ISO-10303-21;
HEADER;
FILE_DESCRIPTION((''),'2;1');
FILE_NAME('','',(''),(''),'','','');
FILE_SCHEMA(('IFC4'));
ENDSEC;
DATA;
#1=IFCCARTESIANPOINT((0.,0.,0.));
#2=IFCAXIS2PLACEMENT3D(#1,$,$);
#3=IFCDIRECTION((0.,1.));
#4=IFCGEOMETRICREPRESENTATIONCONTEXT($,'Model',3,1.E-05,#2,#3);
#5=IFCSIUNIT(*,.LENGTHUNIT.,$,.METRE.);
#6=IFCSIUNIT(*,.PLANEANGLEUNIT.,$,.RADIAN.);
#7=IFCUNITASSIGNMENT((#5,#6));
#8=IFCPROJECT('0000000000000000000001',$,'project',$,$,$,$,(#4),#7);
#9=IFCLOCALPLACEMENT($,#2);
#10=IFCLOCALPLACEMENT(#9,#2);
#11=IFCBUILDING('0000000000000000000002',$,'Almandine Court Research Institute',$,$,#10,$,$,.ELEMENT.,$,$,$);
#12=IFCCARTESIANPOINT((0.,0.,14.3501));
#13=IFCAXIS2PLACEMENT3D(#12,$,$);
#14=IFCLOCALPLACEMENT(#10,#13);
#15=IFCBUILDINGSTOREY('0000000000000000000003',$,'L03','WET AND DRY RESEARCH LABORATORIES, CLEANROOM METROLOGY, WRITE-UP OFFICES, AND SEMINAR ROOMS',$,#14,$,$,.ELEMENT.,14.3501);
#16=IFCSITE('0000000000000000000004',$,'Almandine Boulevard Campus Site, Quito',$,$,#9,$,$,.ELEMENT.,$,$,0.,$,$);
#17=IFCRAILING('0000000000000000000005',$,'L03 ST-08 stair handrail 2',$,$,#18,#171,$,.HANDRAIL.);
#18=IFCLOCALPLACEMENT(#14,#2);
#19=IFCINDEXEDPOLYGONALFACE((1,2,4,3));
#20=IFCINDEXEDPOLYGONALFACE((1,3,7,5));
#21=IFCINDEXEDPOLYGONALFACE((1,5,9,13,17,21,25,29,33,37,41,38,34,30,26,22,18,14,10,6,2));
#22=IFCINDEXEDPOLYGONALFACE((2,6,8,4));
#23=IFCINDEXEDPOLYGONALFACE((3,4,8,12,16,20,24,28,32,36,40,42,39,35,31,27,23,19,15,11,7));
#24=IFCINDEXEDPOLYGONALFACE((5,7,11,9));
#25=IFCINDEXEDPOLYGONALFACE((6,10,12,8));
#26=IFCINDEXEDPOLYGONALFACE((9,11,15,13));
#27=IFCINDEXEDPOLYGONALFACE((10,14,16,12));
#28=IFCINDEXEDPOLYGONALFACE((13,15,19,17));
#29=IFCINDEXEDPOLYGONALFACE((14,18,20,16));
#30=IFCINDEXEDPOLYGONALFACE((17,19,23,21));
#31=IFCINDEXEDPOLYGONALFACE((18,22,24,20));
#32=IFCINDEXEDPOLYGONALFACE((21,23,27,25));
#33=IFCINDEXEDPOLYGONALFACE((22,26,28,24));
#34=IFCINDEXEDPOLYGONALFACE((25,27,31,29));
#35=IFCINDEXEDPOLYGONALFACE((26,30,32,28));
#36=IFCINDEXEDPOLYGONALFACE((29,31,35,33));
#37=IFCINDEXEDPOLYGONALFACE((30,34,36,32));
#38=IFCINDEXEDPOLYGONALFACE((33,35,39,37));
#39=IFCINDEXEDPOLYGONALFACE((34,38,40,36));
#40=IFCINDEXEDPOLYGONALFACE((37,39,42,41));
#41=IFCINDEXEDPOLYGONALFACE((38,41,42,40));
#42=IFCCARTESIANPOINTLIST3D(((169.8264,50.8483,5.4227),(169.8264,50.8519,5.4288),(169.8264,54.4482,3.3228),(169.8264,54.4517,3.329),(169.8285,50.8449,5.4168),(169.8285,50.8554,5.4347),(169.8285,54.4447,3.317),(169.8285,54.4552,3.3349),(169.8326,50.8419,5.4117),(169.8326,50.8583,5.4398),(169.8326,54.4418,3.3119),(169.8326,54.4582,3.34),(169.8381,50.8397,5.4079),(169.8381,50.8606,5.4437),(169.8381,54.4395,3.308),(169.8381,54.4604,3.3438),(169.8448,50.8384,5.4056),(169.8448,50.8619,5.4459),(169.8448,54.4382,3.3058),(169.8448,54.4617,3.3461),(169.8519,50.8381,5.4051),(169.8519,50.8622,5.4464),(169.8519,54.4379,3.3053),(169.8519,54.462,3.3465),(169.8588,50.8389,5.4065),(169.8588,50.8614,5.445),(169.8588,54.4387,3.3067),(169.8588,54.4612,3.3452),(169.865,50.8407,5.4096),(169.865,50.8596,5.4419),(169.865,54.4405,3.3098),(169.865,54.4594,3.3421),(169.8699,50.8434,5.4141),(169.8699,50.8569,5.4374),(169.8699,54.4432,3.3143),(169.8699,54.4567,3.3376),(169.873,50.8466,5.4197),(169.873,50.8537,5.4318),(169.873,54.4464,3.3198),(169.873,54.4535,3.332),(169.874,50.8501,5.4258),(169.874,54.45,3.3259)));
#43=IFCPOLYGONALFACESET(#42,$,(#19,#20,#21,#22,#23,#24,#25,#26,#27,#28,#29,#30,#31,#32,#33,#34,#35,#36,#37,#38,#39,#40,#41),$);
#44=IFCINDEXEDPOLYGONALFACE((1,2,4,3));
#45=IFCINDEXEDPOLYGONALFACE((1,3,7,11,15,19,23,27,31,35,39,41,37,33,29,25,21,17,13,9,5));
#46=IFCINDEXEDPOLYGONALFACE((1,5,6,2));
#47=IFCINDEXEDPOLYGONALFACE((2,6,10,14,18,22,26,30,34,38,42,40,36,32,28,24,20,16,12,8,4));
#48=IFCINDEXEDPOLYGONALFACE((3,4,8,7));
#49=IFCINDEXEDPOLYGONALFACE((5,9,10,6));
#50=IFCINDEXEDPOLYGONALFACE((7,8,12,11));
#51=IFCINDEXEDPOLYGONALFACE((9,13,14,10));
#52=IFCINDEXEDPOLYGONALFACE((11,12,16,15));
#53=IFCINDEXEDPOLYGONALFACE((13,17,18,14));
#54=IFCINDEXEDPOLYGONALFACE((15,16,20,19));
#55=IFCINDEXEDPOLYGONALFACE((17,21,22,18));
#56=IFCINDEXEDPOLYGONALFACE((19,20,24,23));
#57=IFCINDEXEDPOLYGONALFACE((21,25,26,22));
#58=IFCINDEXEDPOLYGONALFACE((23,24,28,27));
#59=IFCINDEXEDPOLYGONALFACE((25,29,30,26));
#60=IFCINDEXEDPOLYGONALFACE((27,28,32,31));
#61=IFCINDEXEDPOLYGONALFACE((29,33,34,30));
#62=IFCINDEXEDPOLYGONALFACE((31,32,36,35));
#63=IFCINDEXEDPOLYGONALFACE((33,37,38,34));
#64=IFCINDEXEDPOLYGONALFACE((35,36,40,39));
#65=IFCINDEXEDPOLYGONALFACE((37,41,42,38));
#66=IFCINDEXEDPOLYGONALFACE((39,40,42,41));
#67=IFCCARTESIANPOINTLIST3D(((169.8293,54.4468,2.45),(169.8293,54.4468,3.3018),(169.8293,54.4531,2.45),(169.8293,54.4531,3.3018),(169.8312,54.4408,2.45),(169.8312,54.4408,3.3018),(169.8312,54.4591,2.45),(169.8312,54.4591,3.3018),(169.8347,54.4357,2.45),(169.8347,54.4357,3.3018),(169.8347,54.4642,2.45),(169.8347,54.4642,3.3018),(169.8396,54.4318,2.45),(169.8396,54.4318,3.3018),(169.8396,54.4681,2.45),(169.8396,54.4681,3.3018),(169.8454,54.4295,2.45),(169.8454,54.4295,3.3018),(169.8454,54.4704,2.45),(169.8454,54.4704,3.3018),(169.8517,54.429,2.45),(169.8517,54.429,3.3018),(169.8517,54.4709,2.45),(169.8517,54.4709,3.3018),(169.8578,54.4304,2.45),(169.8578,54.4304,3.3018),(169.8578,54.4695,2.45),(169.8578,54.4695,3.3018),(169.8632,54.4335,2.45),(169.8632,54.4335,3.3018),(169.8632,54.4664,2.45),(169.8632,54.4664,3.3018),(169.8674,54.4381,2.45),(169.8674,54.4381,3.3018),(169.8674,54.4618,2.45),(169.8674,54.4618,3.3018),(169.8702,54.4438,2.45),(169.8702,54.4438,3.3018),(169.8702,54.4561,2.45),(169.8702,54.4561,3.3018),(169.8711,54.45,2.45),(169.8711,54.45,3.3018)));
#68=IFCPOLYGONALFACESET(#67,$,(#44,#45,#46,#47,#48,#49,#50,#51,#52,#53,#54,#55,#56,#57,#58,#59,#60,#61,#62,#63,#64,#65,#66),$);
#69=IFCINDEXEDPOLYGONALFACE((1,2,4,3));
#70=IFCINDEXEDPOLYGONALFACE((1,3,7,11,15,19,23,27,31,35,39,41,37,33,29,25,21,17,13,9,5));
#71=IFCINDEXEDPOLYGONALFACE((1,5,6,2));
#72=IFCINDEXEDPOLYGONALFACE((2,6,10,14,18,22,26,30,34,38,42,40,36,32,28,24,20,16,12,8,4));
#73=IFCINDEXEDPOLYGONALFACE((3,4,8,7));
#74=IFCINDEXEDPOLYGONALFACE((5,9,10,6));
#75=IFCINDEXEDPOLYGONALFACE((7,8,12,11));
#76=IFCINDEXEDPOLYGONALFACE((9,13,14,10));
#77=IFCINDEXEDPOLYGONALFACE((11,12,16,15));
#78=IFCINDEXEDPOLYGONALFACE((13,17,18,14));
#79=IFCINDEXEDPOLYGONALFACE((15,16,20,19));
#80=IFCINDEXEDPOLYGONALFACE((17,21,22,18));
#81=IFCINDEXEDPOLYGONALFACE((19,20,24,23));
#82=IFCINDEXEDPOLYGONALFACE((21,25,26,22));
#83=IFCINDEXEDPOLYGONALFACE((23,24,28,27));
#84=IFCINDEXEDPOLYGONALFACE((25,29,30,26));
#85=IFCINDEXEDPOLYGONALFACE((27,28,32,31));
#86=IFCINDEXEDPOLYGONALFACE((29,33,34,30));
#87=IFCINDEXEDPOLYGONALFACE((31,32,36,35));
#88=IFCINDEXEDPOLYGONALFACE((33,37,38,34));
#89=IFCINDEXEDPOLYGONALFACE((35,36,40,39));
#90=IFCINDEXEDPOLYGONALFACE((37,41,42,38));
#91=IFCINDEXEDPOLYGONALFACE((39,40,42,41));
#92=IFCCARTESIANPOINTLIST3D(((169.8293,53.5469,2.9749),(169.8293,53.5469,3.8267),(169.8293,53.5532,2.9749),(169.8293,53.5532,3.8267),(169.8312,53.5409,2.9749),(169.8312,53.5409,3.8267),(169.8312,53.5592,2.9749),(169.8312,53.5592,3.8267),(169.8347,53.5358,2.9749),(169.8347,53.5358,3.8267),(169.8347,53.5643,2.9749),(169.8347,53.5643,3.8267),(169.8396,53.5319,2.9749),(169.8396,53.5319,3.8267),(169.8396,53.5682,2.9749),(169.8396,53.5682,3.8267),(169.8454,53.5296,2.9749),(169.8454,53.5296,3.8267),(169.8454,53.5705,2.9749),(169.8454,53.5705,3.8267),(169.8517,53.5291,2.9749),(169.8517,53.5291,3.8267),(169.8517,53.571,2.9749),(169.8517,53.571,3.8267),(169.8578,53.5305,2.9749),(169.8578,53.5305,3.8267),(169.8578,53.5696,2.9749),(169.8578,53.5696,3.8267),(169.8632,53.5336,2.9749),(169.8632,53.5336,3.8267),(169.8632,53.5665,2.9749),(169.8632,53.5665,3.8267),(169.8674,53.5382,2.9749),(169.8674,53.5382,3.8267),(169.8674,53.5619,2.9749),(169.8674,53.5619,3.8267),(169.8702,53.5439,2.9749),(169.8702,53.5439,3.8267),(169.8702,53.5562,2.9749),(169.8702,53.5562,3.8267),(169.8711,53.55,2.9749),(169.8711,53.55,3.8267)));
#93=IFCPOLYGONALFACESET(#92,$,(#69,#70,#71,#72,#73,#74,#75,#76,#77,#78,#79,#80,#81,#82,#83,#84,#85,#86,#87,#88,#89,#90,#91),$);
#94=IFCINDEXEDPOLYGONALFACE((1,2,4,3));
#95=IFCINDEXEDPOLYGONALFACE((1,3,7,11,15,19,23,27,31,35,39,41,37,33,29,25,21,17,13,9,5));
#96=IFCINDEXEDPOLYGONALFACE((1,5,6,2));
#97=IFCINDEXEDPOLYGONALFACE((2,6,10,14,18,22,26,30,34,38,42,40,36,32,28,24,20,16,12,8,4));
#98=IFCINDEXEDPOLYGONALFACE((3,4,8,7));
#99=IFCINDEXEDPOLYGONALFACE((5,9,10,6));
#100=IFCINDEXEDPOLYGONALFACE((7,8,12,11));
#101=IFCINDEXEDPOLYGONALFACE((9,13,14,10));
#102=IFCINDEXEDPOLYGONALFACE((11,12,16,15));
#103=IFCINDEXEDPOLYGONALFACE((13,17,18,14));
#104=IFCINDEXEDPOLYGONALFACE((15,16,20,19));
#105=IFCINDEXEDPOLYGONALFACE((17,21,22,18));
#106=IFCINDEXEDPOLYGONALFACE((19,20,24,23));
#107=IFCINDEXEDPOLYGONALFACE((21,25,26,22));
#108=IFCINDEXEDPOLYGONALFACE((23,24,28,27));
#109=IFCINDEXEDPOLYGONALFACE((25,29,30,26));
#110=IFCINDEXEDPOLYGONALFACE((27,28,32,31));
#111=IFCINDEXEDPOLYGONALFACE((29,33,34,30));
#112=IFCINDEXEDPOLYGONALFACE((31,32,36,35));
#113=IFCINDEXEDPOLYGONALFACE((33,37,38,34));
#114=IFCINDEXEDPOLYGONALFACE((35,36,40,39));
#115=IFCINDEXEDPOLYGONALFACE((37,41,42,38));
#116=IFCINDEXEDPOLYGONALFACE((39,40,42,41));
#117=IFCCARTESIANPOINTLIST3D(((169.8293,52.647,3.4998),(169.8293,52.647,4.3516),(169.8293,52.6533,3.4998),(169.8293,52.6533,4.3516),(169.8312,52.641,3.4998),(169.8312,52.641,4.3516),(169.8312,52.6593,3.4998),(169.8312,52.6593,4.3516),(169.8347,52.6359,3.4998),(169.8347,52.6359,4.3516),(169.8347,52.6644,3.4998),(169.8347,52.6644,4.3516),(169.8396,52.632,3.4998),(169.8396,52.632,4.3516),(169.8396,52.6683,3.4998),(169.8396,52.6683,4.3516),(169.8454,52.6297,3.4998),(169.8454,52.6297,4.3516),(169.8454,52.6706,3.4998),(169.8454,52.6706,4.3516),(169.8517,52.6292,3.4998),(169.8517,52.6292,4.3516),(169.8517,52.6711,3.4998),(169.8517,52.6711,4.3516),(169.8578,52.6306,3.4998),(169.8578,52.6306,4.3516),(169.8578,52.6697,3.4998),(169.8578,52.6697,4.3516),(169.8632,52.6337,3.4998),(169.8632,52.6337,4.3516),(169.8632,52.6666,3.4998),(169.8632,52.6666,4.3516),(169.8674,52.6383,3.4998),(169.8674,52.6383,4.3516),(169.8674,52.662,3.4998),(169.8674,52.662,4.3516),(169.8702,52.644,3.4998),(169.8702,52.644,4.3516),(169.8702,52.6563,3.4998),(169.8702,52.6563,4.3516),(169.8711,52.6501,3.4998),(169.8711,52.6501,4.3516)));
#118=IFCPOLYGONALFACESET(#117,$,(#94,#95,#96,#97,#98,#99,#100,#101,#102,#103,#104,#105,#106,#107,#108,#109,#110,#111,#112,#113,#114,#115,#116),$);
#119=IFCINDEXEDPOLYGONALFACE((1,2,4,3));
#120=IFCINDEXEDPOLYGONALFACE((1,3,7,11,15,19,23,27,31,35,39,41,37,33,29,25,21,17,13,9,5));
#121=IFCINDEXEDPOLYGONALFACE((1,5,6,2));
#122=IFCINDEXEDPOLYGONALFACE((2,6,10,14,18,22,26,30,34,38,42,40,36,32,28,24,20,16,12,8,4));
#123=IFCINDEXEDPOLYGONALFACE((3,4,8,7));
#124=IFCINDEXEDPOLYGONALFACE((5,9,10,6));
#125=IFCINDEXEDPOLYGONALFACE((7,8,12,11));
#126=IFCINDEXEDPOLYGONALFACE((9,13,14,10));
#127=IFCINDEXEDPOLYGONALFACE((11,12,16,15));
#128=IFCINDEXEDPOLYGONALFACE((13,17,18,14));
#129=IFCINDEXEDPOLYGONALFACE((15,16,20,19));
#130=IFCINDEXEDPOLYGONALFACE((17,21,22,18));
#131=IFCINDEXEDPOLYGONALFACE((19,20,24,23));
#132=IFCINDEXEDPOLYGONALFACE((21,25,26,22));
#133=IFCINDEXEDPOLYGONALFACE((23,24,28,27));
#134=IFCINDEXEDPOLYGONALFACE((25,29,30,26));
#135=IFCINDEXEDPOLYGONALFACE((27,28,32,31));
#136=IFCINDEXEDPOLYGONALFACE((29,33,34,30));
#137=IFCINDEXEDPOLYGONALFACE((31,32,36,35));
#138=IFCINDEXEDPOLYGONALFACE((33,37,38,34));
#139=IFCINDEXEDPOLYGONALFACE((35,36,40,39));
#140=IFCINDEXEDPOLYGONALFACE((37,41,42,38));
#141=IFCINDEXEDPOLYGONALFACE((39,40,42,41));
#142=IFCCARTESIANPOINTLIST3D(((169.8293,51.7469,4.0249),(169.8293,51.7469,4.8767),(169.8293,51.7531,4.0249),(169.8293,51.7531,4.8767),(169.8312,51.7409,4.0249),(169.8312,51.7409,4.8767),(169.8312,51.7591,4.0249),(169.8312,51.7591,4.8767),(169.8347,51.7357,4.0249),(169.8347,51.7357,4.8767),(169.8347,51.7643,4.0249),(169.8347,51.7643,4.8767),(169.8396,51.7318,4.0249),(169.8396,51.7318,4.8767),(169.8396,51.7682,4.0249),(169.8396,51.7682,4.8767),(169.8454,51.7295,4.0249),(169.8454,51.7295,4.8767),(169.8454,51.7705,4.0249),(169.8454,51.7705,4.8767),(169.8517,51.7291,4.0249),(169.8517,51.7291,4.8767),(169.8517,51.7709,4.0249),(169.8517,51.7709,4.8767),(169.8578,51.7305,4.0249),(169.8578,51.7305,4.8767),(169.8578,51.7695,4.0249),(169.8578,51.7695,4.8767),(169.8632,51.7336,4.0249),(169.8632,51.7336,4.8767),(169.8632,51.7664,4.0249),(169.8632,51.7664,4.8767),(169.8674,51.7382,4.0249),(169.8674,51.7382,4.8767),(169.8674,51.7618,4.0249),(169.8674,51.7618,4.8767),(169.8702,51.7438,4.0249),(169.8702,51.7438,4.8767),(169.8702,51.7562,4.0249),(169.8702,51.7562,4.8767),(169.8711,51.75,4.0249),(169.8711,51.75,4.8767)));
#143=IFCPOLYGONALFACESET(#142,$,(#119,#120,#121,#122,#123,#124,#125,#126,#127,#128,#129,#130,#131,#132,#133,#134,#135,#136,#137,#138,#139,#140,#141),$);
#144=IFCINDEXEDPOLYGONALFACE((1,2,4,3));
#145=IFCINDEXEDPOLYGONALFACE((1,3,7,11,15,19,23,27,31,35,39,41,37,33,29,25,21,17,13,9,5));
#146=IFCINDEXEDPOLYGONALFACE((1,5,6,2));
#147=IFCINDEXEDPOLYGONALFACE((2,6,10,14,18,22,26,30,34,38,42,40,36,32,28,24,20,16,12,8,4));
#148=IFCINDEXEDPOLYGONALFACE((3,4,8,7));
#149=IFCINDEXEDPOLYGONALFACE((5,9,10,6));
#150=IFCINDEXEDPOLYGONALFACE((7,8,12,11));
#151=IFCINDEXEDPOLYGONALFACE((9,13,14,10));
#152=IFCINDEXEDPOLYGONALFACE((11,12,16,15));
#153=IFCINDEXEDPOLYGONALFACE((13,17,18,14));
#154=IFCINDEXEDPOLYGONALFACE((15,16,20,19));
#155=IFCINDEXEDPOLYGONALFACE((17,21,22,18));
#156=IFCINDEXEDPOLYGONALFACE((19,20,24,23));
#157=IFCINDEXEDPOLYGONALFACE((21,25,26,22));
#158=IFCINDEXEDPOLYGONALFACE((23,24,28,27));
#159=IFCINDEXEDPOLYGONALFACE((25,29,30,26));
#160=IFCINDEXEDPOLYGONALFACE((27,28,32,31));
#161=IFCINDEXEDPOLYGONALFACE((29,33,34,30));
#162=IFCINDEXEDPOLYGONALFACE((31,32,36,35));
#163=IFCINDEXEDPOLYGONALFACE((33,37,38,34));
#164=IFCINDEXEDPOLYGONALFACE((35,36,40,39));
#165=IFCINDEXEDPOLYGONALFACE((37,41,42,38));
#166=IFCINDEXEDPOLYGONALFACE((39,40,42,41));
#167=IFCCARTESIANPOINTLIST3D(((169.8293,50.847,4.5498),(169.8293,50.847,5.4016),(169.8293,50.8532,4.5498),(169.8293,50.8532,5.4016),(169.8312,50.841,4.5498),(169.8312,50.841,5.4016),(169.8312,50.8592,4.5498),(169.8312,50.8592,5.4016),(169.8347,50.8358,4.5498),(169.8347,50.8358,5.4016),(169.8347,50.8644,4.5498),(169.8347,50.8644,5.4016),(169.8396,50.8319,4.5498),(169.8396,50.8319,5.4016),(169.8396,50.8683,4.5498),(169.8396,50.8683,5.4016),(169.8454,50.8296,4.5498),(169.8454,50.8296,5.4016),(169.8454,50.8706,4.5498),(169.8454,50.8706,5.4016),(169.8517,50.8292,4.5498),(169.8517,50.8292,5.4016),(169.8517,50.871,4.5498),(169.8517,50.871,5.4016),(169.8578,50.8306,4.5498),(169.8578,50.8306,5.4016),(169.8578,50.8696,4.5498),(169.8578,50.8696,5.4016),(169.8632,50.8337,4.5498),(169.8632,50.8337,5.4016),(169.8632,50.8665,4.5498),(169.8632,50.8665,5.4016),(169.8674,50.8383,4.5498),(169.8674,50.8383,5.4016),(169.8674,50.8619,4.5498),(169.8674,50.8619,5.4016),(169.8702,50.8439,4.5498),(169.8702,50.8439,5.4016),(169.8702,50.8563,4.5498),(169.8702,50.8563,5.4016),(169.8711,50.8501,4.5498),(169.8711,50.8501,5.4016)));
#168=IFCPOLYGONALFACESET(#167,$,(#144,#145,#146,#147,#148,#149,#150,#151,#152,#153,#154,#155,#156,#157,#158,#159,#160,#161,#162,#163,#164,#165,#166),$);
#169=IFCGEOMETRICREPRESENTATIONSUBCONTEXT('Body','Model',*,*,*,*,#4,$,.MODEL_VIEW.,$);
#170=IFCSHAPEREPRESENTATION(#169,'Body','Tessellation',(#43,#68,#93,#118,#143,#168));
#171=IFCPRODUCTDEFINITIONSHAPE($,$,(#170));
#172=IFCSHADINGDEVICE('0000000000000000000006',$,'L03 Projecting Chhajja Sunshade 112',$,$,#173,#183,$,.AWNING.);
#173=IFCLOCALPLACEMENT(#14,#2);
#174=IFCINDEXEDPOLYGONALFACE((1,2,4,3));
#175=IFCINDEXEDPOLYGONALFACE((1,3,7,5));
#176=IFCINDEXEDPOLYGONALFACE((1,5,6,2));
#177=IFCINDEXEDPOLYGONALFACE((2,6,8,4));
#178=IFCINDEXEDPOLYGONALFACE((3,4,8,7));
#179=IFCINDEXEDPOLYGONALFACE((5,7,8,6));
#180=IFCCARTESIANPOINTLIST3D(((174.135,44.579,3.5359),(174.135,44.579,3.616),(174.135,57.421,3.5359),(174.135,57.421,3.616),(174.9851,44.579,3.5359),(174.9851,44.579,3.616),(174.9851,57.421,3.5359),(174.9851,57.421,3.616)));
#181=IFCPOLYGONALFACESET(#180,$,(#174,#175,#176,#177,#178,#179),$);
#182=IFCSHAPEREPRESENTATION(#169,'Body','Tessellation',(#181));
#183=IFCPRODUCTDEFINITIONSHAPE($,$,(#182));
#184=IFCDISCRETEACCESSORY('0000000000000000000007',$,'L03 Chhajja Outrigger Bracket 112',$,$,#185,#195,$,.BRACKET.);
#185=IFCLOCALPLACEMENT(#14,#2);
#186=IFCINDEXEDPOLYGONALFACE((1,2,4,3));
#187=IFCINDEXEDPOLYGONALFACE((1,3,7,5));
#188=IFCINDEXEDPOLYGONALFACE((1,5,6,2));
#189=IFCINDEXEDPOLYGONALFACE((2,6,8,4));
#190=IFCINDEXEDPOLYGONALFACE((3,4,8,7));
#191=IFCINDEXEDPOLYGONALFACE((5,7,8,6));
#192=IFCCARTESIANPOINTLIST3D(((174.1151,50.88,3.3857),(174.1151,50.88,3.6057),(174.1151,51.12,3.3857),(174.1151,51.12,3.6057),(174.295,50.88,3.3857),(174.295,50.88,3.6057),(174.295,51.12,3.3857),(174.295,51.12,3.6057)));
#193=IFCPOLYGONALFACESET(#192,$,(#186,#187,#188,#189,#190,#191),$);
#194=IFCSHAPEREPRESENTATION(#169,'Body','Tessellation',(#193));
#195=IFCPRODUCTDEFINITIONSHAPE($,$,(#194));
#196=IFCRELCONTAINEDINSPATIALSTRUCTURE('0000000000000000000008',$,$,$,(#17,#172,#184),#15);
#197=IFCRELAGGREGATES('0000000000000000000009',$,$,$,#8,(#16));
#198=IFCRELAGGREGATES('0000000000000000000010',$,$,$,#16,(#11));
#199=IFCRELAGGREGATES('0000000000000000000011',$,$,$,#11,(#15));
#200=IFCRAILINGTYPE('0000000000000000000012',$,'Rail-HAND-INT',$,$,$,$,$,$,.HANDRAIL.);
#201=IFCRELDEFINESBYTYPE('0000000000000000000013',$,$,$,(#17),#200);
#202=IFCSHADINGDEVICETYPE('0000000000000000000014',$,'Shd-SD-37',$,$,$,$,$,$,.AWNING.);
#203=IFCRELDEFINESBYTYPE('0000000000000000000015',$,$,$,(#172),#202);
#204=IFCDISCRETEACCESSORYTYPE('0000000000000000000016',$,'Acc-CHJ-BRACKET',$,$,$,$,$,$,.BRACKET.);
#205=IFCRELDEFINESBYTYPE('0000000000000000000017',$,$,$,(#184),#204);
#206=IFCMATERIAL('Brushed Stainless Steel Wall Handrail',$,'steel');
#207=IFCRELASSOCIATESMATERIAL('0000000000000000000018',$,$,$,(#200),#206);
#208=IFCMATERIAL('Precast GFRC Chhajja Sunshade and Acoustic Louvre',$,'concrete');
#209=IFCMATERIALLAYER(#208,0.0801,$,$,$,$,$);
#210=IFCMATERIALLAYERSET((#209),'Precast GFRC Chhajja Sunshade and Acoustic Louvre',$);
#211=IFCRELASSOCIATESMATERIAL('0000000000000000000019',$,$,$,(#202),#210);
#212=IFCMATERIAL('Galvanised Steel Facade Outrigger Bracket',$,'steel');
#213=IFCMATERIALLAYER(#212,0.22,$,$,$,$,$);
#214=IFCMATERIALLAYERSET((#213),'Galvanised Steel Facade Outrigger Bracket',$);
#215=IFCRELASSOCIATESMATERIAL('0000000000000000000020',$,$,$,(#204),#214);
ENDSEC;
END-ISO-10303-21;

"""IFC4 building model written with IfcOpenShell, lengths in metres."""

from ifc_helpers import new_model, si_unit, direction, frame, origin, origin_2d, place, context, subcontext, project, spatial, rectangle, circle, extrude, material, layer, layer_set, type_object, element, save


model = new_model("IFC4")

# Units and contexts
model_context = context("Model", 3, precision=1e-05, world=origin(), true_north=direction((0.0, 1.0)))
body_context = subcontext(model_context, "Body", "Model", "MODEL_VIEW")
ifc_project = project(units=[si_unit("LENGTHUNIT", "METRE"), si_unit("PLANEANGLEUNIT", "RADIAN")], contexts=[model_context])

# Site, building, storey
site_placement = place(None, origin())
site = spatial("IfcSite", under=ifc_project, at=site_placement, Name="Almandine Boulevard Campus Site, Quito", CompositionType="ELEMENT", RefElevation=0.0)
building_placement = place(site_placement, origin())
building = spatial("IfcBuilding", under=site, at=building_placement, Name="Almandine Court Research Institute", CompositionType="ELEMENT")
storey_placement = place(building_placement, frame((0.0, 0.0, 14.3501)))
storey = spatial("IfcBuildingStorey", under=building, at=storey_placement, Name="L03", Description="WET AND DRY RESEARCH LABORATORIES, CLEANROOM METROLOGY, WRITE-UP OFFICES, AND SEMINAR ROOMS", CompositionType="ELEMENT", Elevation=14.3501)

# Railing
ifc_material_1 = material(Name="Brushed Stainless Steel Wall Handrail", Category="steel")
railing_type_1 = type_object("IfcRailingType", Name="Rail-HAND-INT", PredefinedType="HANDRAIL", material=ifc_material_1)
railing_1_placement = place(storey_placement, frame((169.8501, 54.45, 2.45)))
element("IfcRailing", 1, at=railing_1_placement, inside=storey, type_object=railing_type_1, Name="L03 ST-08 stair handrail 2", PredefinedType="HANDRAIL", context=body_context, shape_type="SweptSolid", body=[
    extrude(circle(Radius=0.0239, at=origin_2d()), frame((0.0, 0.0, 0.876), z_axis=(0.0, -0.863785, 0.50386), x_axis=(1.0, 0.0, 0.0)), (0.0, 0.0, 1.0), 4.1675),
    extrude(circle(Radius=0.021, at=origin_2d()), origin(), (0.0, 0.0, 1.0), 0.8518),
    extrude(circle(Radius=0.021, at=origin_2d()), frame((0.0, -0.8999, 0.5249)), (0.0, 0.0, 1.0), 0.8518),
    extrude(circle(Radius=0.021, at=origin_2d()), frame((0.0, -1.7998, 1.0498)), (0.0, 0.0, 1.0), 0.8518),
    extrude(circle(Radius=0.021, at=origin_2d()), frame((0.0, -2.7, 1.575)), (0.0, 0.0, 1.0), 0.8518),
    extrude(circle(Radius=0.021, at=origin_2d()), frame((0.0, -3.5999, 2.0999)), (0.0, 0.0, 1.0), 0.8518),
])

# Shading device
ifc_material_2 = material(Name="Precast GFRC Chhajja Sunshade and Acoustic Louvre", Category="concrete")
ifc_layer_1 = layer(ifc_material_2, 0.0801)
ifc_layer_set_1 = layer_set([ifc_layer_1], Name="Precast GFRC Chhajja Sunshade and Acoustic Louvre")
shading_device_type = type_object("IfcShadingDeviceType", Name="Shd-SD-37", PredefinedType="AWNING", material=ifc_layer_set_1)
shading_device_placement = place(storey_placement, frame((174.5601, 51.0, 3.5359), z_axis=(0.0, 0.0, 1.0), x_axis=(0.0, -1.0, 0.0)))
element("IfcShadingDevice", 2, at=shading_device_placement, inside=storey, type_object=shading_device_type, Name="L03 Projecting Chhajja Sunshade 112", PredefinedType="AWNING", context=body_context, shape_type="SweptSolid", body=[
    extrude(rectangle(XDim=12.842, YDim=0.8501, at=origin_2d()), origin(), (0.0, 0.0, 1.0), 0.0801),
])

# Discrete accessory
ifc_material_3 = material(Name="Galvanised Steel Facade Outrigger Bracket", Category="steel")
ifc_layer_2 = layer(ifc_material_3, 0.22)
ifc_layer_set_2 = layer_set([ifc_layer_2], Name="Galvanised Steel Facade Outrigger Bracket")
discrete_accessory_type = type_object("IfcDiscreteAccessoryType", Name="Acc-CHJ-BRACKET", PredefinedType="BRACKET", material=ifc_layer_set_2)
discrete_accessory_placement = place(storey_placement, frame((174.2051, 51.0, 3.3857), z_axis=(0.0, 0.0, 1.0), x_axis=(0.0, -1.0, 0.0)))
element("IfcDiscreteAccessory", 3, at=discrete_accessory_placement, inside=storey, type_object=discrete_accessory_type, Name="L03 Chhajja Outrigger Bracket 112", PredefinedType="BRACKET", context=body_context, shape_type="SweptSolid", body=[
    extrude(rectangle(XDim=0.24, YDim=0.1799, at=origin_2d()), origin(), (0.0, 0.0, 1.0), 0.22),
])

save(model, "model.ifc")
